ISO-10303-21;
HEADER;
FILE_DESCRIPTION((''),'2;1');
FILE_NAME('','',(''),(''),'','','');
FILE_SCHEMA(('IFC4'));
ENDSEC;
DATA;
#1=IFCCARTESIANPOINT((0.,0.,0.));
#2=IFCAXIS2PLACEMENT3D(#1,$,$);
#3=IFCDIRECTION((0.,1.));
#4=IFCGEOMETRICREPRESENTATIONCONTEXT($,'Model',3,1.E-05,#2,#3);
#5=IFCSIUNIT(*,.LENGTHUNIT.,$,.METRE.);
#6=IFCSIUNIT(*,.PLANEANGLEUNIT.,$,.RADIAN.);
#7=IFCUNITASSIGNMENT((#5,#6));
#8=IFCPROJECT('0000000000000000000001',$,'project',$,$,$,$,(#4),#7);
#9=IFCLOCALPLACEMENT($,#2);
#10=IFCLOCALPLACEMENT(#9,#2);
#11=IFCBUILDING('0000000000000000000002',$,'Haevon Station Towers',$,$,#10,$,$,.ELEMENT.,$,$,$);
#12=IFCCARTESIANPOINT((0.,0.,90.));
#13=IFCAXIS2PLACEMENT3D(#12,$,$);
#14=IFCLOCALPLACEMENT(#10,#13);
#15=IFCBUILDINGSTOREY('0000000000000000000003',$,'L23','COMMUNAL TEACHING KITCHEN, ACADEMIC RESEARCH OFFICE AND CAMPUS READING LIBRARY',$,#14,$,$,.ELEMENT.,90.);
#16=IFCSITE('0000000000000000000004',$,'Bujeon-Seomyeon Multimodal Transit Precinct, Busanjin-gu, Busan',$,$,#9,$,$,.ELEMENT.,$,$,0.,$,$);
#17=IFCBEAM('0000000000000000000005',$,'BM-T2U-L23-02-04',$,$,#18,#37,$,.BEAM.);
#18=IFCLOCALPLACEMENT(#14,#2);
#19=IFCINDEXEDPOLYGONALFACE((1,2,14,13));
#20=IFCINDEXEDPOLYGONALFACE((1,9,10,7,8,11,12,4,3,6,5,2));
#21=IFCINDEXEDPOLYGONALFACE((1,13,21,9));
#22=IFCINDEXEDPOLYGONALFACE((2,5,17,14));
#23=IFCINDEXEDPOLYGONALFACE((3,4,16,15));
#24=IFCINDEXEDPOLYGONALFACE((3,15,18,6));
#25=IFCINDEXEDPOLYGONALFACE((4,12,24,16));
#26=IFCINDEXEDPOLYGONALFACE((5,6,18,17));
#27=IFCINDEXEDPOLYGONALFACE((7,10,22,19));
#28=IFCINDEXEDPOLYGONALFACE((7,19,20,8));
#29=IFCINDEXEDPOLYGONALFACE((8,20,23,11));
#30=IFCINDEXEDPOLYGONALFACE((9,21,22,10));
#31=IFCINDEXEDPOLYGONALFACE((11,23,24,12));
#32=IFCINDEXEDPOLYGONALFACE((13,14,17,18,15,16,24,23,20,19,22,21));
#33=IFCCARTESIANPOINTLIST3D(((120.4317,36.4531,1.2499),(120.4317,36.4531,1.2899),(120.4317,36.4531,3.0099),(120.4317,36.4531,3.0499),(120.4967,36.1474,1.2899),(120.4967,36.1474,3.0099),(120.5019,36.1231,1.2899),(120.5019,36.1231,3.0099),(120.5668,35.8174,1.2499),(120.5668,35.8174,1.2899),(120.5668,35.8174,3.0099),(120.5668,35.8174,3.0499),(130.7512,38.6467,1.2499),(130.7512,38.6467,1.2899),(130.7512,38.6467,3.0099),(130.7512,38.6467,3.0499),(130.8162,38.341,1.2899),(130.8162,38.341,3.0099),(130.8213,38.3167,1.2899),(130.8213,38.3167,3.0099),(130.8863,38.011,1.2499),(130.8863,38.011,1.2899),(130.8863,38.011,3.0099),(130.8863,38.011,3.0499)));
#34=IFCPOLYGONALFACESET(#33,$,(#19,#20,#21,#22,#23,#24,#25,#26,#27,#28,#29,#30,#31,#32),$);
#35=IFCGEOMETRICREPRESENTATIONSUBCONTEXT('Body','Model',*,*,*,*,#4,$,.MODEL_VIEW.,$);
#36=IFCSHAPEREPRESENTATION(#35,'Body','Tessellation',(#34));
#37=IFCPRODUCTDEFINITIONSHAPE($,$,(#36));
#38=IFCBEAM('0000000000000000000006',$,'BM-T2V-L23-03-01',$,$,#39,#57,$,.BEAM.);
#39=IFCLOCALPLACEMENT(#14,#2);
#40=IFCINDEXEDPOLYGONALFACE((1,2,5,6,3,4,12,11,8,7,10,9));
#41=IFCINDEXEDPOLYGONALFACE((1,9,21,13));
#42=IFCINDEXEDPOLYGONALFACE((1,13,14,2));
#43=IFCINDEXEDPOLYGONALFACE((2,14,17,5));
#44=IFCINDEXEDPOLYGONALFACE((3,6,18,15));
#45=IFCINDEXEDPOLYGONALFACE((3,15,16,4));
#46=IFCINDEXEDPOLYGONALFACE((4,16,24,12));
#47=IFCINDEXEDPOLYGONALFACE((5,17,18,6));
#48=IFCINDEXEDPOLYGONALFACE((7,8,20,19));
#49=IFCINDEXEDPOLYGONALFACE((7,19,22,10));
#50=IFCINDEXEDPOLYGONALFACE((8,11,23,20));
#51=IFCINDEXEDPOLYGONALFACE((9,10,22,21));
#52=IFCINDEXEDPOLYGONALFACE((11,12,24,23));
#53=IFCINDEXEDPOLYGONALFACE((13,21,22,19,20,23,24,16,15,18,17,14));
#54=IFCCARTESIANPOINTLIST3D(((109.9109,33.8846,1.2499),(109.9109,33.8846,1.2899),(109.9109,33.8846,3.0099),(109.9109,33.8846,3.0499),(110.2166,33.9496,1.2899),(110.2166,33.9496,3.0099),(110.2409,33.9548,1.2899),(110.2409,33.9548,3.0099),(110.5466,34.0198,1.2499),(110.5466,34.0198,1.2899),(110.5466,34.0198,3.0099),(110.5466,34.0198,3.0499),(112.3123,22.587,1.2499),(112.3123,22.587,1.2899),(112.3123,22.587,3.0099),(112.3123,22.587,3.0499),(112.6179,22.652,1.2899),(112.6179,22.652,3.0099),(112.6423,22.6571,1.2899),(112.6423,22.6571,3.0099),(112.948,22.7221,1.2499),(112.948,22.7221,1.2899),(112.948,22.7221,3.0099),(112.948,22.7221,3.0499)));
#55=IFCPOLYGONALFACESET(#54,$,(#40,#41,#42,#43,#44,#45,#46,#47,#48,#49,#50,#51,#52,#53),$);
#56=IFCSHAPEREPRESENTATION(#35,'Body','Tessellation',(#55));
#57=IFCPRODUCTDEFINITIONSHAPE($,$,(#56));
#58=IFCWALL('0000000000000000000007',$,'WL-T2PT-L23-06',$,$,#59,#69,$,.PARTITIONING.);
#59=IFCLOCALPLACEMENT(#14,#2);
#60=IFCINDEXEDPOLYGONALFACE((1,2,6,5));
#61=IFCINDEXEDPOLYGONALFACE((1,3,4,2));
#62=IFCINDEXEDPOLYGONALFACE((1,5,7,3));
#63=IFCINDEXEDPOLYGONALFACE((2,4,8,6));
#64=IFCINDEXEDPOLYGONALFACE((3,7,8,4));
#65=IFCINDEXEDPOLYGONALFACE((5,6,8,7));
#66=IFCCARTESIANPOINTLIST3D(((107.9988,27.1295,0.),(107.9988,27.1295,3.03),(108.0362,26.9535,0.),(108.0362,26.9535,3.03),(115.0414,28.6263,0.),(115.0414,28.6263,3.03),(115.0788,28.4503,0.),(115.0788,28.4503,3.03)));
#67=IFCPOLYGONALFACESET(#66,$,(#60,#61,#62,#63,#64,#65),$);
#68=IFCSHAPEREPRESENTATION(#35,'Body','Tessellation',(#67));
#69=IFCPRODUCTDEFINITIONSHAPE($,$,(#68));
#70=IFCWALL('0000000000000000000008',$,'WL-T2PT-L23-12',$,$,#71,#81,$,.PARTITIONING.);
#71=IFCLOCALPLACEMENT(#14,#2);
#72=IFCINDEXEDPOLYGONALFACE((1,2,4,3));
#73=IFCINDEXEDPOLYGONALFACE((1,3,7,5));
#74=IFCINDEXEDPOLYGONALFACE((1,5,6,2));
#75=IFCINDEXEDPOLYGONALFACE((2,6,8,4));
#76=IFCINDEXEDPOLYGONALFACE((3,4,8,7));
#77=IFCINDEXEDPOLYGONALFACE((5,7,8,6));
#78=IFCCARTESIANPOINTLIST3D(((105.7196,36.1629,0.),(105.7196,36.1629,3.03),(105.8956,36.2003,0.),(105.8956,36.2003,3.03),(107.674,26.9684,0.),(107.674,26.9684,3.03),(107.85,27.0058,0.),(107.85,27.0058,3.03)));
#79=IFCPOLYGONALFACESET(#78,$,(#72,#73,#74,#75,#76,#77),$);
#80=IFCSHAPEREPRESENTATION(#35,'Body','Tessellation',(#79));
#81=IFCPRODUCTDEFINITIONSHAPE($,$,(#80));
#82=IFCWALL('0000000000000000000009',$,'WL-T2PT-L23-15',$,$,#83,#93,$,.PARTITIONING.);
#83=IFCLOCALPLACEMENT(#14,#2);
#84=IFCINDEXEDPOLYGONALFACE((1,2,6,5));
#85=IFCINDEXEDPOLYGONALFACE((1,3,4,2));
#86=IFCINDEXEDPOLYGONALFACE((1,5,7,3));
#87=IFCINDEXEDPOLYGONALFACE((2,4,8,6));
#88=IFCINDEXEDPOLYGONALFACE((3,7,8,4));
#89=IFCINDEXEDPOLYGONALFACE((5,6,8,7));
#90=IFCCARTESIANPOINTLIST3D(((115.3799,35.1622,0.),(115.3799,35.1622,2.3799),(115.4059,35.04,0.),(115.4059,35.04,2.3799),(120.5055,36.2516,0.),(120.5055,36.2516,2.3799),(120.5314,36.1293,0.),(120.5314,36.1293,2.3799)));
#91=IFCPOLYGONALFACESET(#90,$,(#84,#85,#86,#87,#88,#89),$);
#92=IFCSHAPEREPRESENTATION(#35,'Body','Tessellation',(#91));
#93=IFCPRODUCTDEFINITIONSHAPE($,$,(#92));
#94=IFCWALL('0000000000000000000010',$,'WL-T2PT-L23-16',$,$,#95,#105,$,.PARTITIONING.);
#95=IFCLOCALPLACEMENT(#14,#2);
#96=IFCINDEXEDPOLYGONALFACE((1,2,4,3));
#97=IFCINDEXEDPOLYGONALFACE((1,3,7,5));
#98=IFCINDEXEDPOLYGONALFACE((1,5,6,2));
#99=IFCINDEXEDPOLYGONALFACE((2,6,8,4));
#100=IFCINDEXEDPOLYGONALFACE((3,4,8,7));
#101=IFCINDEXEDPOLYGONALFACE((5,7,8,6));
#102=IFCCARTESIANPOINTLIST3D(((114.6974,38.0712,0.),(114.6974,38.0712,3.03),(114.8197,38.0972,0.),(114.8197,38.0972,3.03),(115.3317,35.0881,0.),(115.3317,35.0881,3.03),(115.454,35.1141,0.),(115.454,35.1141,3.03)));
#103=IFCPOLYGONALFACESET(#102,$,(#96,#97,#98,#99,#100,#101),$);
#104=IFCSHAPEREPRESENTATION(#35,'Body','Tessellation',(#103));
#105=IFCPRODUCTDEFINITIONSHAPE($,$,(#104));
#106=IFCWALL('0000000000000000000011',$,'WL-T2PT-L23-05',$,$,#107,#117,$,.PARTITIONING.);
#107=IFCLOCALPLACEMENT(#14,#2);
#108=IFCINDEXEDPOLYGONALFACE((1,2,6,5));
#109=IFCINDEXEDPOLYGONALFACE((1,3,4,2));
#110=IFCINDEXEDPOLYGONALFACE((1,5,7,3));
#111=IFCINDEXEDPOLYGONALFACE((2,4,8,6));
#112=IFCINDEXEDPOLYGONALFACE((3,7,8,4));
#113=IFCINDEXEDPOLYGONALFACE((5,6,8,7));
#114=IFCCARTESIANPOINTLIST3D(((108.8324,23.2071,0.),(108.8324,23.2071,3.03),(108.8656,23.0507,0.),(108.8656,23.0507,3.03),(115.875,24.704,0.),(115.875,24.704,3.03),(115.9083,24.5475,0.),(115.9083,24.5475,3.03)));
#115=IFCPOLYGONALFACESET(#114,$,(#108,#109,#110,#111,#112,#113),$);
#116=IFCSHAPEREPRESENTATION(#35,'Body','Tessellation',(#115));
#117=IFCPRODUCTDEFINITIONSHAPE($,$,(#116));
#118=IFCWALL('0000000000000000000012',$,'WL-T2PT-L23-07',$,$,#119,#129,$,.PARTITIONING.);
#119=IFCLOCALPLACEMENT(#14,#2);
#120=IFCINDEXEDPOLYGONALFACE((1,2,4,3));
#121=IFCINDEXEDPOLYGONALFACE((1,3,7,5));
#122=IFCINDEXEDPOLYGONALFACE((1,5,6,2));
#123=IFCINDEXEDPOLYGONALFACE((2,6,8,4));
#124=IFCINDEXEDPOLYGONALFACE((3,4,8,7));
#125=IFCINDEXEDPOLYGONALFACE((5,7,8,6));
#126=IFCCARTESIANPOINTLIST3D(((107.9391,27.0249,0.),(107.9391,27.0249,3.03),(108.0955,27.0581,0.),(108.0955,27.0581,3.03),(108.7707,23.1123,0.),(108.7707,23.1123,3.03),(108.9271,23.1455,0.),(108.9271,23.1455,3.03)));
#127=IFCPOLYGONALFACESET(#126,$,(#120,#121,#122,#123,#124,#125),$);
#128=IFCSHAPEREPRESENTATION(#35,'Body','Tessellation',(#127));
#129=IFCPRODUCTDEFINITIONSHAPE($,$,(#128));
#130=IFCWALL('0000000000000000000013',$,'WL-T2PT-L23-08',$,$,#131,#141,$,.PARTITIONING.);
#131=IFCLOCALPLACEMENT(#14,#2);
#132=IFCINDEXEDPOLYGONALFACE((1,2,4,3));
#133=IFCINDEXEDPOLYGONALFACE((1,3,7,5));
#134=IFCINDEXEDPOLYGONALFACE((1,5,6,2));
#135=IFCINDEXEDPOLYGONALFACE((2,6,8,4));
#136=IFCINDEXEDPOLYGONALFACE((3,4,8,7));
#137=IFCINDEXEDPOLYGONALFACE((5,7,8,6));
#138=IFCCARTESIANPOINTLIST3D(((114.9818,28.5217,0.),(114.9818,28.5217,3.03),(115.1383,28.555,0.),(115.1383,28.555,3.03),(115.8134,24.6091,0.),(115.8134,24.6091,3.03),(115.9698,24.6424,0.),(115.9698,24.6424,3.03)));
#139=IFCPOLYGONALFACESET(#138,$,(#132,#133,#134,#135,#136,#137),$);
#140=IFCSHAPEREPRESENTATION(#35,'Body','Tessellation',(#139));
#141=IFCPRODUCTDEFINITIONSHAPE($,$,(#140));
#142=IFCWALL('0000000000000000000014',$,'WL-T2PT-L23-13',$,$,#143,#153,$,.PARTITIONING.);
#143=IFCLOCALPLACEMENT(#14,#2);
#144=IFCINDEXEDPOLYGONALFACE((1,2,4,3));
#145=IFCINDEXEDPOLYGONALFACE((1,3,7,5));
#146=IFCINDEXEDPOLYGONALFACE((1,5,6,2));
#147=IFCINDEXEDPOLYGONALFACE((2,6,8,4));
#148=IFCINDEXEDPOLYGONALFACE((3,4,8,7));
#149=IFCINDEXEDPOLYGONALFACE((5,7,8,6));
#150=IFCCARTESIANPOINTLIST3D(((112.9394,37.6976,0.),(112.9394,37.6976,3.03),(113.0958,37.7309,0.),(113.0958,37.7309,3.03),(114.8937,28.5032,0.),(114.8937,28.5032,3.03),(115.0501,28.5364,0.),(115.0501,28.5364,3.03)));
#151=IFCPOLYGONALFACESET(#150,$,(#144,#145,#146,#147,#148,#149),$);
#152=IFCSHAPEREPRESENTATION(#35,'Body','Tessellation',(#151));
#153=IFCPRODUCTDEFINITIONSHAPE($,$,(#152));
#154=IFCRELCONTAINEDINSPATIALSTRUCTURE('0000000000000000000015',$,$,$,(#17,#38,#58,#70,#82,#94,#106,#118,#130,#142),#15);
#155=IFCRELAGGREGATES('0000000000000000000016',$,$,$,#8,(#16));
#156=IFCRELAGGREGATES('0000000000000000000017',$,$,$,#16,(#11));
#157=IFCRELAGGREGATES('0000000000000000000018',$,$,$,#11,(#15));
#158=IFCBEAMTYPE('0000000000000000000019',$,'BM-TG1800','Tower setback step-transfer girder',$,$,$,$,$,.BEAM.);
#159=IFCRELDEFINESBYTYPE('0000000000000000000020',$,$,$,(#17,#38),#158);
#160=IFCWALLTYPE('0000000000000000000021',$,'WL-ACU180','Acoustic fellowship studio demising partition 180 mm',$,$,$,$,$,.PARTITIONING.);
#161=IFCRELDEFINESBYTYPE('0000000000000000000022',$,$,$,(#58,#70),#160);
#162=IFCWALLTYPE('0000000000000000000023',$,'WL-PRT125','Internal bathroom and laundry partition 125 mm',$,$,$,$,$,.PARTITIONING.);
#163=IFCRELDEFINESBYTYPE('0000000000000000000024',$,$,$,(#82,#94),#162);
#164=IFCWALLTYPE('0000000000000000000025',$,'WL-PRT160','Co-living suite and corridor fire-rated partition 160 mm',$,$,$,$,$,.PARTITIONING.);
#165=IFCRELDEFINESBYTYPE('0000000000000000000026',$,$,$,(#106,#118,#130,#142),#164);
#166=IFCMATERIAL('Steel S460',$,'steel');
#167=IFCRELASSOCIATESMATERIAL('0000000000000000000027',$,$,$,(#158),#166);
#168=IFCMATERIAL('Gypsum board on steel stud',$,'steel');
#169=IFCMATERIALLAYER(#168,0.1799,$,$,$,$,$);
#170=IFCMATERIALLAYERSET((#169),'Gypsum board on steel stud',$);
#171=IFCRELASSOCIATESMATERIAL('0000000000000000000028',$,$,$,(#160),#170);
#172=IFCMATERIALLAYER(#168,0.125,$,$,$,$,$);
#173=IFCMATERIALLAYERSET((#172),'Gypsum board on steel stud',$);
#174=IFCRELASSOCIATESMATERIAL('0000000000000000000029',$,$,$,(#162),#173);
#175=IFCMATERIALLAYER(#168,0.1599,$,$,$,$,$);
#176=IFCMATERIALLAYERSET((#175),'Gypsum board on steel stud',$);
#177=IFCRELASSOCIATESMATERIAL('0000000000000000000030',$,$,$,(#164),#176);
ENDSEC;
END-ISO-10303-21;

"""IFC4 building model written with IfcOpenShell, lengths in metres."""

from ifc_helpers import new_model, si_unit, direction, frame, frame_2d, origin, origin_2d, place, context, subcontext, project, spatial, rectangle, i_section, extrude, material, layer, layer_set, material_profile, profile_set, type_object, element, save


model = new_model("IFC4")

# Units and contexts
model_context = context("Model", 3, precision=1e-05, world=origin(), true_north=direction((0.0, 1.0)))
body_context = subcontext(model_context, "Body", "Model", "MODEL_VIEW")
ifc_project = project(units=[si_unit("LENGTHUNIT", "METRE"), si_unit("PLANEANGLEUNIT", "RADIAN")], contexts=[model_context])

# Site, building, storey
site_placement = place(None, origin())
site = spatial("IfcSite", under=ifc_project, at=site_placement, Name="Bujeon-Seomyeon Multimodal Transit Precinct, Busanjin-gu, Busan", CompositionType="ELEMENT", RefElevation=0.0)
building_placement = place(site_placement, origin())
building = spatial("IfcBuilding", under=site, at=building_placement, Name="Haevon Station Towers", CompositionType="ELEMENT")
storey_placement = place(building_placement, frame((0.0, 0.0, 90.0)))
storey = spatial("IfcBuildingStorey", under=building, at=storey_placement, Name="L23", Description="COMMUNAL TEACHING KITCHEN, ACADEMIC RESEARCH OFFICE AND CAMPUS READING LIBRARY", CompositionType="ELEMENT", Elevation=90.0)

# Shared definitions
ifc_material_1 = material(Name="Steel S460", Category="steel")

# Beams
ifc_material_profile_1 = material_profile(ifc_material_1, i_section(OverallWidth=0.6499, OverallDepth=1.8, WebThickness=0.0249, FlangeThickness=0.04, at=origin_2d()), Name="H-1800x650x25x40")
ifc_profile_set_1 = profile_set([ifc_material_profile_1], Name="Steel S460")
beam_type_1 = type_object("IfcBeamType", Name="BM-TG1800", Description="Tower setback step-transfer girder", PredefinedType="BEAM", material=ifc_profile_set_1)
beam_1_placement = place(storey_placement, frame((120.4993, 36.1353, 2.1499), z_axis=(0.978145, 0.207922, 0.0), x_axis=(-0.207922, 0.978145, 0.0)))
element("IfcBeam", 1, at=beam_1_placement, inside=storey, type_object=beam_type_1, Name="BM-T2U-L23-02-04", PredefinedType="BEAM", context=body_context, shape_type="SweptSolid", body=[
    extrude(i_section(OverallWidth=0.6499, OverallDepth=1.8, WebThickness=0.0249, FlangeThickness=0.04, at=origin_2d()), origin(), (0.0, 0.0, 1.0), 10.55),
])
beam_2_placement = place(storey_placement, frame((112.6301, 22.6545, 2.1499), z_axis=(-0.207911, 0.978148, 0.0), x_axis=(-0.978148, -0.207911, 0.0)))
element("IfcBeam", 2, at=beam_2_placement, inside=storey, type_object=beam_type_1, Name="BM-T2V-L23-03-01", PredefinedType="BEAM", context=body_context, shape_type="SweptSolid", body=[
    extrude(i_section(OverallWidth=0.6499, OverallDepth=1.8, WebThickness=0.0249, FlangeThickness=0.04, at=origin_2d()), origin(), (0.0, 0.0, 1.0), 11.55),
])

# Walls
ifc_material_2 = material(Name="Gypsum board on steel stud", Category="steel")
ifc_layer_1 = layer(ifc_material_2, 0.1799)
ifc_layer_set_1 = layer_set([ifc_layer_1], Name="Gypsum board on steel stud")
wall_type_1 = type_object("IfcWallType", Name="WL-ACU180", Description="Acoustic fellowship studio demising partition 180 mm", PredefinedType="PARTITIONING", material=ifc_layer_set_1)
wall_1_placement = place(storey_placement, frame((108.0173, 27.0415, 0.0), z_axis=(0.0, 0.0, 1.0), x_axis=(0.978152, 0.207892, 0.0)))
element("IfcWall", 3, at=wall_1_placement, inside=storey, type_object=wall_type_1, Name="WL-T2PT-L23-06", PredefinedType="PARTITIONING", context=body_context, shape_type="SweptSolid", body=[
    extrude(rectangle(XDim=7.2, YDim=0.1799, at=frame_2d((3.6001, 0.0))), origin(), (0.0, 0.0, 1.0), 3.03),
])
wall_2_placement = place(storey_placement, frame((107.762, 26.9871, 0.0), z_axis=(0.0, 0.0, 1.0), x_axis=(-0.207909, 0.978148, 0.0)))
element("IfcWall", 4, at=wall_2_placement, inside=storey, type_object=wall_type_1, Name="WL-T2PT-L23-12", PredefinedType="PARTITIONING", context=body_context, shape_type="SweptSolid", body=[
    extrude(rectangle(XDim=9.3999, YDim=0.1799, at=frame_2d((4.7, 0.0))), origin(), (0.0, 0.0, 1.0), 3.03),
])
ifc_layer_2 = layer(ifc_material_2, 0.125)
ifc_layer_set_2 = layer_set([ifc_layer_2], Name="Gypsum board on steel stud")
wall_type_2 = type_object("IfcWallType", Name="WL-PRT125", Description="Internal bathroom and laundry partition 125 mm", PredefinedType="PARTITIONING", material=ifc_layer_set_2)
wall_3_placement = place(storey_placement, frame((115.3928, 35.1011, 0.0), z_axis=(0.0, 0.0, 1.0), x_axis=(0.978152, 0.207893, 0.0)))
element("IfcWall", 5, at=wall_3_placement, inside=storey, type_object=wall_type_2, Name="WL-T2PT-L23-15", PredefinedType="PARTITIONING", context=body_context, shape_type="SweptSolid", body=[
    extrude(rectangle(XDim=5.24, YDim=0.125, at=frame_2d((2.6201, 0.0))), origin(), (0.0, 0.0, 1.0), 2.3799),
])
wall_4_placement = place(storey_placement, frame((115.3928, 35.1011, 0.0), z_axis=(0.0, 0.0, 1.0), x_axis=(-0.207971, 0.978135, 0.0)))
element("IfcWall", 6, at=wall_4_placement, inside=storey, type_object=wall_type_2, Name="WL-T2PT-L23-16", PredefinedType="PARTITIONING", context=body_context, shape_type="SweptSolid", body=[
    extrude(rectangle(XDim=3.0498, YDim=0.125, at=frame_2d((1.5249, 0.0))), origin(), (0.0, 0.0, 1.0), 3.03),
])
ifc_layer_3 = layer(ifc_material_2, 0.1599)
ifc_layer_set_3 = layer_set([ifc_layer_3], Name="Gypsum board on steel stud")
wall_type_3 = type_object("IfcWallType", Name="WL-PRT160", Description="Co-living suite and corridor fire-rated partition 160 mm", PredefinedType="PARTITIONING", material=ifc_layer_set_3)
wall_5_placement = place(storey_placement, frame((108.8489, 23.1289, 0.0), z_axis=(0.0, 0.0, 1.0), x_axis=(0.978152, 0.207892, 0.0)))
element("IfcWall", 7, at=wall_5_placement, inside=storey, type_object=wall_type_3, Name="WL-T2PT-L23-05", PredefinedType="PARTITIONING", context=body_context, shape_type="SweptSolid", body=[
    extrude(rectangle(XDim=7.2, YDim=0.1599, at=frame_2d((3.6001, 0.0))), origin(), (0.0, 0.0, 1.0), 3.03),
])
for number, where, z_axis, x_axis, name in (
    (8, (108.8489, 23.1289, 0.0), (0.0, 0.0, 1.0), (-0.207886, 0.978153, 0.0), "WL-T2PT-L23-07"),
    (9, (115.8916, 24.6257, 0.0), (0.0, 0.0, 1.0), (-0.207886, 0.978153, 0.0), "WL-T2PT-L23-08"),
):
    element("IfcWall", number, at=place(storey_placement, frame(where, z_axis=z_axis, x_axis=x_axis)), inside=storey, type_object=wall_type_3, Name=name, PredefinedType="PARTITIONING", context=body_context, shape_type="SweptSolid", body=[
        extrude(rectangle(XDim=4.0, YDim=0.1599, at=frame_2d((2.0, 0.0))), origin(), (0.0, 0.0, 1.0), 3.03),
    ])
wall_6_placement = place(storey_placement, frame((114.9719, 28.5198, 0.0), z_axis=(0.0, 0.0, 1.0), x_axis=(-0.207909, 0.978148, 0.0)))
element("IfcWall", 10, at=wall_6_placement, inside=storey, type_object=wall_type_3, Name="WL-T2PT-L23-13", PredefinedType="PARTITIONING", context=body_context, shape_type="SweptSolid", body=[
    extrude(rectangle(XDim=9.3999, YDim=0.1599, at=frame_2d((4.7, 0.0))), origin(), (0.0, 0.0, 1.0), 3.03),
])

save(model, "model.ifc")
